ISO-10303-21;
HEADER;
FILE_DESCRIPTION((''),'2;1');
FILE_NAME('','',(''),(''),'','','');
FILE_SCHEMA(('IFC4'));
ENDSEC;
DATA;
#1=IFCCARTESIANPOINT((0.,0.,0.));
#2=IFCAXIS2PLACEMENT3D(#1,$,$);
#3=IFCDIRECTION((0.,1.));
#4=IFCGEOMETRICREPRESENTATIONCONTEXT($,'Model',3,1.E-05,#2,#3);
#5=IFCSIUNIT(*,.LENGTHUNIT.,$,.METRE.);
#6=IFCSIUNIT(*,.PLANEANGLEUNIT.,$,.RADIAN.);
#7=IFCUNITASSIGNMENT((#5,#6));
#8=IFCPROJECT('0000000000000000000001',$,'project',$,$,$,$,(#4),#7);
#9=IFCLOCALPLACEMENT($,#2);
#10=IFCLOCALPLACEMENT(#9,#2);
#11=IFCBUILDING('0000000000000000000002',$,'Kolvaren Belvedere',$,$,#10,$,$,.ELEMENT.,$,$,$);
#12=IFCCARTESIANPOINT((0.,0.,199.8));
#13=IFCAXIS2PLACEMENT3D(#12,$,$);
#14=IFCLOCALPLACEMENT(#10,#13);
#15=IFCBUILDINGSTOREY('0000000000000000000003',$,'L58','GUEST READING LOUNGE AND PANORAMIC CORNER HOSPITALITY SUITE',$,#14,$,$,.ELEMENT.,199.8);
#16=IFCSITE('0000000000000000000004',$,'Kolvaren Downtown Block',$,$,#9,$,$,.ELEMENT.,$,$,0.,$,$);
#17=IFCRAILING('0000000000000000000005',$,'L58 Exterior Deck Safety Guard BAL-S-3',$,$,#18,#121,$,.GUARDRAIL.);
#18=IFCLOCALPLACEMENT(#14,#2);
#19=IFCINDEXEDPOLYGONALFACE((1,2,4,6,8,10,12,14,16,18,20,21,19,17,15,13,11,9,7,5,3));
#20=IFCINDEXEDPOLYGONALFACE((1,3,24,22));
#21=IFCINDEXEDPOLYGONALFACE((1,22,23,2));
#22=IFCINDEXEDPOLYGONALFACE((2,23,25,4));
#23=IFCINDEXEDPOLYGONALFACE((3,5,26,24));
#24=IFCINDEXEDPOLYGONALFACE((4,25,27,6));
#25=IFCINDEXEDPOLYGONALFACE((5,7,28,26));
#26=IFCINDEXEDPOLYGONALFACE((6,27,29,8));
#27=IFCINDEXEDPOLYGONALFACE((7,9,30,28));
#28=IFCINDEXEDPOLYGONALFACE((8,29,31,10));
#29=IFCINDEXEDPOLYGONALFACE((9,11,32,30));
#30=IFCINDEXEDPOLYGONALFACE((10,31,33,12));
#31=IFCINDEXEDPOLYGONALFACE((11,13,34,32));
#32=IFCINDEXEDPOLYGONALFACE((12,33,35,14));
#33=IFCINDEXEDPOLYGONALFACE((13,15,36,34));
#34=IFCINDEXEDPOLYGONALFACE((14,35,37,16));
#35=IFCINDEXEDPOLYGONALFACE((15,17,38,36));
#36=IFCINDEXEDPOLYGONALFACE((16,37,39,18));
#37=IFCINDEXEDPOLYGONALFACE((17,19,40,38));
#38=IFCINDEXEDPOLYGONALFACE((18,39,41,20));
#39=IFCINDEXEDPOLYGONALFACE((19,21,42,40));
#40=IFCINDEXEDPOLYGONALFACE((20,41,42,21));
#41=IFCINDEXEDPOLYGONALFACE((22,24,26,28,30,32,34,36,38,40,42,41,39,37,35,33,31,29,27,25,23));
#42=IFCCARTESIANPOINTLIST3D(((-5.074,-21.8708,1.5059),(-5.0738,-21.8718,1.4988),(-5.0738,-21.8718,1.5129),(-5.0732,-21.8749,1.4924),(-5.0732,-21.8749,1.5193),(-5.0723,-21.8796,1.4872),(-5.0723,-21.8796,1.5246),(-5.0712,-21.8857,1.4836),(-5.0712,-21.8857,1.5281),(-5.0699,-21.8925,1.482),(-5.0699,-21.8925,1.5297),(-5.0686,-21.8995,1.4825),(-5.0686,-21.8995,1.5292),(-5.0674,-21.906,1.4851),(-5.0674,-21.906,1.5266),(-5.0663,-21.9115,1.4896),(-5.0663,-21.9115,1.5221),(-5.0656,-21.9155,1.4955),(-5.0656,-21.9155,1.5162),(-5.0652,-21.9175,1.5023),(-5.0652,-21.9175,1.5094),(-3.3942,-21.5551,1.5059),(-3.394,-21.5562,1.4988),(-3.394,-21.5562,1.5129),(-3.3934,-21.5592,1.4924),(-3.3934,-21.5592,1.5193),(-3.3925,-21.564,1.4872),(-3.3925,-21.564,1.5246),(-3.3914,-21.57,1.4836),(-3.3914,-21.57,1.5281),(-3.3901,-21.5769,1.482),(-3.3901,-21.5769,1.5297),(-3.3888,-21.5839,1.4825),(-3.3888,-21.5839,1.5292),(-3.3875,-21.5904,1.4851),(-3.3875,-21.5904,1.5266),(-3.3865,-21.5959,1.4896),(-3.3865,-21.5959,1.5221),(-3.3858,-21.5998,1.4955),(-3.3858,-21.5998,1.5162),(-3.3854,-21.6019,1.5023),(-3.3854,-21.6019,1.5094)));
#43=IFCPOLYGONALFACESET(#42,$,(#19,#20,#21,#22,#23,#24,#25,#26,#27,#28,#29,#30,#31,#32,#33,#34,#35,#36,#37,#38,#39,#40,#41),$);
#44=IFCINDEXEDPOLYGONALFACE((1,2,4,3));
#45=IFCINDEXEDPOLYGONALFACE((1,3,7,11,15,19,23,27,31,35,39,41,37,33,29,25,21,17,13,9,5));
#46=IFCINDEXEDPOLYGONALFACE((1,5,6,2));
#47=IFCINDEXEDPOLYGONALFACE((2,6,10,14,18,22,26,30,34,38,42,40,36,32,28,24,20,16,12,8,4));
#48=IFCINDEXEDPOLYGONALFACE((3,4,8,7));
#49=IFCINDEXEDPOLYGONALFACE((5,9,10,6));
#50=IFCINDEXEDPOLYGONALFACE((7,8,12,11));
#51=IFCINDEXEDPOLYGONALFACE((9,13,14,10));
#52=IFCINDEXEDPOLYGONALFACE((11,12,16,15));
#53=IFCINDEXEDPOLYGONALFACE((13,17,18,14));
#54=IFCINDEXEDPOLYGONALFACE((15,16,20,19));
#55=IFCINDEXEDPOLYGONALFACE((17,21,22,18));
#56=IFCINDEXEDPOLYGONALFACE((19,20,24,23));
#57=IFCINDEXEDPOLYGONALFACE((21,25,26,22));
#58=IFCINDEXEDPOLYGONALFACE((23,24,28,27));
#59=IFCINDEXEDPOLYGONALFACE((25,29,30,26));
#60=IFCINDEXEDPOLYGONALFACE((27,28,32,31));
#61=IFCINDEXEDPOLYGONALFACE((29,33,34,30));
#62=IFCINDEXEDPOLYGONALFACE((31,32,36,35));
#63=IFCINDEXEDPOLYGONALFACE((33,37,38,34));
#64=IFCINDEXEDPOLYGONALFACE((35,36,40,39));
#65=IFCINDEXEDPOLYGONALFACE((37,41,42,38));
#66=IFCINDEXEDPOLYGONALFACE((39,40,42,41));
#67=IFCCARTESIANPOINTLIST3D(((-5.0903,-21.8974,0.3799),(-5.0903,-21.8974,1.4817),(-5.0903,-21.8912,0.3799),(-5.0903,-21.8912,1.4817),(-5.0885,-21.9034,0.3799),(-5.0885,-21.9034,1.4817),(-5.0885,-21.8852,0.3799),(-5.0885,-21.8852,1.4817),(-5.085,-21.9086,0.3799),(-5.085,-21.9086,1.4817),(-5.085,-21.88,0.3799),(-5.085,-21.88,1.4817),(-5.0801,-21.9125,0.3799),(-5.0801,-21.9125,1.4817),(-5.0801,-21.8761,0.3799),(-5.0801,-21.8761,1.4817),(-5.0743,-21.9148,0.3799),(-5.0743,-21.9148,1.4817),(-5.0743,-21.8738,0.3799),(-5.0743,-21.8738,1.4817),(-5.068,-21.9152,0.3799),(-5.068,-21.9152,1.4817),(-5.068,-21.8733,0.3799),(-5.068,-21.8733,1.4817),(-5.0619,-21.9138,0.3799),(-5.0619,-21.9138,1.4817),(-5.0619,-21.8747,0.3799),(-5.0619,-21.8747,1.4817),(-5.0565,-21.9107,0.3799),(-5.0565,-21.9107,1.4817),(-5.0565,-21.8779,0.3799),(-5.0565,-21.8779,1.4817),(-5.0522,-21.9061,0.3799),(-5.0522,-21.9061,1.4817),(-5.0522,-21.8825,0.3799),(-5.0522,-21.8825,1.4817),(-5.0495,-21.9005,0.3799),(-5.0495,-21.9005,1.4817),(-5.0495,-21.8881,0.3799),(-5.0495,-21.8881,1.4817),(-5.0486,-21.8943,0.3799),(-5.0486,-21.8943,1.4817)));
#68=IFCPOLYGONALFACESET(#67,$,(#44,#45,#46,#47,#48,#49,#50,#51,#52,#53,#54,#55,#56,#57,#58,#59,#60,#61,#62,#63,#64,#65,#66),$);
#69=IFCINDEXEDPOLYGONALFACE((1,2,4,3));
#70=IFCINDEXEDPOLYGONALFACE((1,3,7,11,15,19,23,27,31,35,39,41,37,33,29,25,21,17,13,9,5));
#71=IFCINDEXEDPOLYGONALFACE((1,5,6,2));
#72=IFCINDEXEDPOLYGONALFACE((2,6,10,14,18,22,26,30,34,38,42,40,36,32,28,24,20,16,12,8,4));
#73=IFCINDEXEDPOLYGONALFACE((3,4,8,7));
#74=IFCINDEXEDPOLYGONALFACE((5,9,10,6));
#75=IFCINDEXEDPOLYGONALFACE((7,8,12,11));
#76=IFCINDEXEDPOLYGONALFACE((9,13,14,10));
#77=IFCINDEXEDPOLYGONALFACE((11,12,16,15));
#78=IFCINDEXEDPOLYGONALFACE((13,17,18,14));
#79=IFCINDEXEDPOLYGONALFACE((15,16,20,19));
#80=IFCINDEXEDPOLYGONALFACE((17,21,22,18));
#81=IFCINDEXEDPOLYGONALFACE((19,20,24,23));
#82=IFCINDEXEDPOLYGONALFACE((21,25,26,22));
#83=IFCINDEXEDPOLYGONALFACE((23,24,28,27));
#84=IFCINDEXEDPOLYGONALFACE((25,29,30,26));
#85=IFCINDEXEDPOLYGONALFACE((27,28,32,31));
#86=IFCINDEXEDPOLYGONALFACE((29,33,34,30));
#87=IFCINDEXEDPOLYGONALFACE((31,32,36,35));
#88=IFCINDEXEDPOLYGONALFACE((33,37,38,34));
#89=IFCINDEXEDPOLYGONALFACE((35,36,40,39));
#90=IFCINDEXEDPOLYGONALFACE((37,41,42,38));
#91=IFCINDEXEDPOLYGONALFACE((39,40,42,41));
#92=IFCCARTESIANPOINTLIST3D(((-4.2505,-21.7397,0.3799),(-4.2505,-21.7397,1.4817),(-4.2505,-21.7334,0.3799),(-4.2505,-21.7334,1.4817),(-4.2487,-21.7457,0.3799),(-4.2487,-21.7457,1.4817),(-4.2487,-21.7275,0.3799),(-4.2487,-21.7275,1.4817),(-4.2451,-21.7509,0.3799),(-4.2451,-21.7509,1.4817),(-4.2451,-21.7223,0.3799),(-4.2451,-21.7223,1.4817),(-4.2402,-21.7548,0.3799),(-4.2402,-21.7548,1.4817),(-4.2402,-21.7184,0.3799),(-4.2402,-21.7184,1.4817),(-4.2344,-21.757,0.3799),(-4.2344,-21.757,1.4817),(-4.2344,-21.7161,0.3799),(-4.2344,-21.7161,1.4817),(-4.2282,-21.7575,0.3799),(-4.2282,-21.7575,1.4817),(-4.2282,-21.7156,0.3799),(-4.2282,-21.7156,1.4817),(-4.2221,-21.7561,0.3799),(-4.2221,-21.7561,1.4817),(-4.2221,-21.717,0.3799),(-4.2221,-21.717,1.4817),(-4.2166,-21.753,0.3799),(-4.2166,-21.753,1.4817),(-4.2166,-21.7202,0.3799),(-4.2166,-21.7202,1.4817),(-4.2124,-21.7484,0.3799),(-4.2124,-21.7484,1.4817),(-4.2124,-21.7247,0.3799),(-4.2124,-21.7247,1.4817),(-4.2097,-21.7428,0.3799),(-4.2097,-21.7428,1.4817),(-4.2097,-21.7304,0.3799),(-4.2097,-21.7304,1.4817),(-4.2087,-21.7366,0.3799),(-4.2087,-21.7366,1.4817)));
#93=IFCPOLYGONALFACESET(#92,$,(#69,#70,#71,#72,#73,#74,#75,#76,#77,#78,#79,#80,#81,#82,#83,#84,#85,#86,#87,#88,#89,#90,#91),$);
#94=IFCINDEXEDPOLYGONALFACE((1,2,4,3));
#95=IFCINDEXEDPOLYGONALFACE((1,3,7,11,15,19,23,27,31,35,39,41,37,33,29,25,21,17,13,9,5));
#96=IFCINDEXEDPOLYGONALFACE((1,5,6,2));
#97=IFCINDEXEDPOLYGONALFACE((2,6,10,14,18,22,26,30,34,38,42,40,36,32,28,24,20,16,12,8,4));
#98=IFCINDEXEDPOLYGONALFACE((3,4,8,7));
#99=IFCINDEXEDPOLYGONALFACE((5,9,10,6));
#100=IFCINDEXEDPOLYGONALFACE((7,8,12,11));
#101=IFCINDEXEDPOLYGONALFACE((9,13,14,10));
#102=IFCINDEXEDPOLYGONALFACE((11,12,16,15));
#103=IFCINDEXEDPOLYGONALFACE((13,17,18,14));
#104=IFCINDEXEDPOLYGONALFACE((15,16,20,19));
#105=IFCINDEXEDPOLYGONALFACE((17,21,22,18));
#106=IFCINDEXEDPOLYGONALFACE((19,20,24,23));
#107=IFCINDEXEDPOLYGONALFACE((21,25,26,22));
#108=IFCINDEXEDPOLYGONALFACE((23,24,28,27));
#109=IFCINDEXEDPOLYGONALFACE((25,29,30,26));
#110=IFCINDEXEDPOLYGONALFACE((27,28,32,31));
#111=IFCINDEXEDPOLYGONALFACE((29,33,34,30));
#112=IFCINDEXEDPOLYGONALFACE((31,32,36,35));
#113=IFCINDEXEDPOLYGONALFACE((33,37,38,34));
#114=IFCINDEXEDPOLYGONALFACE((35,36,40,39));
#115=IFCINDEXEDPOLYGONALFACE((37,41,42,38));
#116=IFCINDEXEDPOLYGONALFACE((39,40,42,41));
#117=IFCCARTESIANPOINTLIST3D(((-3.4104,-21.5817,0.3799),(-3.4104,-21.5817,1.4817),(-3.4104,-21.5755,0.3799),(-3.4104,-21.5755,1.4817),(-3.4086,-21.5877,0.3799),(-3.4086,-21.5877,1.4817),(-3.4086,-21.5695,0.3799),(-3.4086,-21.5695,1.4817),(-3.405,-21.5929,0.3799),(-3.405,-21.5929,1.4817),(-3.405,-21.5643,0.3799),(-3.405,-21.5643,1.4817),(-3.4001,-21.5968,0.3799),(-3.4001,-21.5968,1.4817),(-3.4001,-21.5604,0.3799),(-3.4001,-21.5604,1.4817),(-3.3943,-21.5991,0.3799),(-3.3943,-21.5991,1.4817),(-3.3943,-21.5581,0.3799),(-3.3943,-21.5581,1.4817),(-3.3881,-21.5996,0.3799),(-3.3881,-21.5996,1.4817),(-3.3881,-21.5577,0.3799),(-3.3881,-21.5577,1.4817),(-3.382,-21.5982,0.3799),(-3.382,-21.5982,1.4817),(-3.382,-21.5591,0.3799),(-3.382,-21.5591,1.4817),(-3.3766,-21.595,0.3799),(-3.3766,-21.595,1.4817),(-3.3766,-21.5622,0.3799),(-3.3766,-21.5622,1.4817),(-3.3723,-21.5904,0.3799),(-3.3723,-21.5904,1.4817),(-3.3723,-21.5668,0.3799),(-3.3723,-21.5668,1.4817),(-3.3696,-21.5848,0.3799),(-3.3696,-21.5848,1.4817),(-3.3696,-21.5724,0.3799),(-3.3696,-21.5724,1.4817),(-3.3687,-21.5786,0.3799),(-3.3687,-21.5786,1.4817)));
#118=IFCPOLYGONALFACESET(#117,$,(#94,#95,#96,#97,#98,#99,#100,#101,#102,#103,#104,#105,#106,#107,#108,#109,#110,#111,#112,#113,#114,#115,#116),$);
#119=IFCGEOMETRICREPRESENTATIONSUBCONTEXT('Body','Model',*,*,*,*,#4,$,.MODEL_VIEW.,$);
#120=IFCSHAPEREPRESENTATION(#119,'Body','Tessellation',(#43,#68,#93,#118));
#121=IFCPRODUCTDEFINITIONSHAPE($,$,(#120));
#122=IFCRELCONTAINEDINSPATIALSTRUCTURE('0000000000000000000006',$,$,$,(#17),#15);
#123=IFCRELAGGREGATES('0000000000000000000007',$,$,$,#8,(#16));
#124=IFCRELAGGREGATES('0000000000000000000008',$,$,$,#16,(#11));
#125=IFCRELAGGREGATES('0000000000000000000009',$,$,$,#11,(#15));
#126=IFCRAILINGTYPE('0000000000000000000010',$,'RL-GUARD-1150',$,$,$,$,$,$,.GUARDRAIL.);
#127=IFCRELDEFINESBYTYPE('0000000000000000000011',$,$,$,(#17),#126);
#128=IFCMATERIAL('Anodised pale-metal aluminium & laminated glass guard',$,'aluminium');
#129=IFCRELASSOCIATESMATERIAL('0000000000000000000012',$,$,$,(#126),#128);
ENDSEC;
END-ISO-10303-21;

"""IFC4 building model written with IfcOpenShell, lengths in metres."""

from ifc_helpers import new_model, si_unit, direction, frame, origin, origin_2d, place, context, subcontext, project, spatial, circle, extrude, material, type_object, element, save


model = new_model("IFC4")

# Units and contexts
model_context = context("Model", 3, precision=1e-05, world=origin(), true_north=direction((0.0, 1.0)))
body_context = subcontext(model_context, "Body", "Model", "MODEL_VIEW")
ifc_project = project(units=[si_unit("LENGTHUNIT", "METRE"), si_unit("PLANEANGLEUNIT", "RADIAN")], contexts=[model_context])

# Site, building, storey
site_placement = place(None, origin())
site = spatial("IfcSite", under=ifc_project, at=site_placement, Name="Kolvaren Downtown Block", CompositionType="ELEMENT", RefElevation=0.0)
building_placement = place(site_placement, origin())
building = spatial("IfcBuilding", under=site, at=building_placement, Name="Kolvaren Belvedere", CompositionType="ELEMENT")
storey_placement = place(building_placement, frame((0.0, 0.0, 199.8)))
storey = spatial("IfcBuildingStorey", under=building, at=storey_placement, Name="L58", Description="GUEST READING LOUNGE AND PANORAMIC CORNER HOSPITALITY SUITE", CompositionType="ELEMENT", Elevation=199.8)

# Railing
ifc_material_1 = material(Name="Anodised pale-metal aluminium & laminated glass guard", Category="aluminium")
railing_type = type_object("IfcRailingType", Name="RL-GUARD-1150", PredefinedType="GUARDRAIL", material=ifc_material_1)
railing_1_placement = place(storey_placement, frame((-5.0696, -21.8943, 0.3799)))
element("IfcRailing", 1, at=railing_1_placement, inside=storey, type_object=railing_type, Name="L58 Exterior Deck Safety Guard BAL-S-3", PredefinedType="GUARDRAIL", context=body_context, shape_type="SweptSolid", body=[
    extrude(circle(Radius=0.0239, at=origin_2d()), frame((0.0, 0.0, 1.126), z_axis=(0.982799, 0.184677, 0.0), x_axis=(-0.184677, 0.982799, 0.0)), (0.0, 0.0, 1.0), 1.7092),
    extrude(circle(Radius=0.021, at=origin_2d()), origin(), (0.0, 0.0, 1.0), 1.1018),
    extrude(circle(Radius=0.021, at=origin_2d()), frame((0.8398, 0.1577, 0.0)), (0.0, 0.0, 1.0), 1.1018),
    extrude(circle(Radius=0.021, at=origin_2d()), frame((1.6799, 0.3157, 0.0)), (0.0, 0.0, 1.0), 1.1018),
])

save(model, "model.ifc")
